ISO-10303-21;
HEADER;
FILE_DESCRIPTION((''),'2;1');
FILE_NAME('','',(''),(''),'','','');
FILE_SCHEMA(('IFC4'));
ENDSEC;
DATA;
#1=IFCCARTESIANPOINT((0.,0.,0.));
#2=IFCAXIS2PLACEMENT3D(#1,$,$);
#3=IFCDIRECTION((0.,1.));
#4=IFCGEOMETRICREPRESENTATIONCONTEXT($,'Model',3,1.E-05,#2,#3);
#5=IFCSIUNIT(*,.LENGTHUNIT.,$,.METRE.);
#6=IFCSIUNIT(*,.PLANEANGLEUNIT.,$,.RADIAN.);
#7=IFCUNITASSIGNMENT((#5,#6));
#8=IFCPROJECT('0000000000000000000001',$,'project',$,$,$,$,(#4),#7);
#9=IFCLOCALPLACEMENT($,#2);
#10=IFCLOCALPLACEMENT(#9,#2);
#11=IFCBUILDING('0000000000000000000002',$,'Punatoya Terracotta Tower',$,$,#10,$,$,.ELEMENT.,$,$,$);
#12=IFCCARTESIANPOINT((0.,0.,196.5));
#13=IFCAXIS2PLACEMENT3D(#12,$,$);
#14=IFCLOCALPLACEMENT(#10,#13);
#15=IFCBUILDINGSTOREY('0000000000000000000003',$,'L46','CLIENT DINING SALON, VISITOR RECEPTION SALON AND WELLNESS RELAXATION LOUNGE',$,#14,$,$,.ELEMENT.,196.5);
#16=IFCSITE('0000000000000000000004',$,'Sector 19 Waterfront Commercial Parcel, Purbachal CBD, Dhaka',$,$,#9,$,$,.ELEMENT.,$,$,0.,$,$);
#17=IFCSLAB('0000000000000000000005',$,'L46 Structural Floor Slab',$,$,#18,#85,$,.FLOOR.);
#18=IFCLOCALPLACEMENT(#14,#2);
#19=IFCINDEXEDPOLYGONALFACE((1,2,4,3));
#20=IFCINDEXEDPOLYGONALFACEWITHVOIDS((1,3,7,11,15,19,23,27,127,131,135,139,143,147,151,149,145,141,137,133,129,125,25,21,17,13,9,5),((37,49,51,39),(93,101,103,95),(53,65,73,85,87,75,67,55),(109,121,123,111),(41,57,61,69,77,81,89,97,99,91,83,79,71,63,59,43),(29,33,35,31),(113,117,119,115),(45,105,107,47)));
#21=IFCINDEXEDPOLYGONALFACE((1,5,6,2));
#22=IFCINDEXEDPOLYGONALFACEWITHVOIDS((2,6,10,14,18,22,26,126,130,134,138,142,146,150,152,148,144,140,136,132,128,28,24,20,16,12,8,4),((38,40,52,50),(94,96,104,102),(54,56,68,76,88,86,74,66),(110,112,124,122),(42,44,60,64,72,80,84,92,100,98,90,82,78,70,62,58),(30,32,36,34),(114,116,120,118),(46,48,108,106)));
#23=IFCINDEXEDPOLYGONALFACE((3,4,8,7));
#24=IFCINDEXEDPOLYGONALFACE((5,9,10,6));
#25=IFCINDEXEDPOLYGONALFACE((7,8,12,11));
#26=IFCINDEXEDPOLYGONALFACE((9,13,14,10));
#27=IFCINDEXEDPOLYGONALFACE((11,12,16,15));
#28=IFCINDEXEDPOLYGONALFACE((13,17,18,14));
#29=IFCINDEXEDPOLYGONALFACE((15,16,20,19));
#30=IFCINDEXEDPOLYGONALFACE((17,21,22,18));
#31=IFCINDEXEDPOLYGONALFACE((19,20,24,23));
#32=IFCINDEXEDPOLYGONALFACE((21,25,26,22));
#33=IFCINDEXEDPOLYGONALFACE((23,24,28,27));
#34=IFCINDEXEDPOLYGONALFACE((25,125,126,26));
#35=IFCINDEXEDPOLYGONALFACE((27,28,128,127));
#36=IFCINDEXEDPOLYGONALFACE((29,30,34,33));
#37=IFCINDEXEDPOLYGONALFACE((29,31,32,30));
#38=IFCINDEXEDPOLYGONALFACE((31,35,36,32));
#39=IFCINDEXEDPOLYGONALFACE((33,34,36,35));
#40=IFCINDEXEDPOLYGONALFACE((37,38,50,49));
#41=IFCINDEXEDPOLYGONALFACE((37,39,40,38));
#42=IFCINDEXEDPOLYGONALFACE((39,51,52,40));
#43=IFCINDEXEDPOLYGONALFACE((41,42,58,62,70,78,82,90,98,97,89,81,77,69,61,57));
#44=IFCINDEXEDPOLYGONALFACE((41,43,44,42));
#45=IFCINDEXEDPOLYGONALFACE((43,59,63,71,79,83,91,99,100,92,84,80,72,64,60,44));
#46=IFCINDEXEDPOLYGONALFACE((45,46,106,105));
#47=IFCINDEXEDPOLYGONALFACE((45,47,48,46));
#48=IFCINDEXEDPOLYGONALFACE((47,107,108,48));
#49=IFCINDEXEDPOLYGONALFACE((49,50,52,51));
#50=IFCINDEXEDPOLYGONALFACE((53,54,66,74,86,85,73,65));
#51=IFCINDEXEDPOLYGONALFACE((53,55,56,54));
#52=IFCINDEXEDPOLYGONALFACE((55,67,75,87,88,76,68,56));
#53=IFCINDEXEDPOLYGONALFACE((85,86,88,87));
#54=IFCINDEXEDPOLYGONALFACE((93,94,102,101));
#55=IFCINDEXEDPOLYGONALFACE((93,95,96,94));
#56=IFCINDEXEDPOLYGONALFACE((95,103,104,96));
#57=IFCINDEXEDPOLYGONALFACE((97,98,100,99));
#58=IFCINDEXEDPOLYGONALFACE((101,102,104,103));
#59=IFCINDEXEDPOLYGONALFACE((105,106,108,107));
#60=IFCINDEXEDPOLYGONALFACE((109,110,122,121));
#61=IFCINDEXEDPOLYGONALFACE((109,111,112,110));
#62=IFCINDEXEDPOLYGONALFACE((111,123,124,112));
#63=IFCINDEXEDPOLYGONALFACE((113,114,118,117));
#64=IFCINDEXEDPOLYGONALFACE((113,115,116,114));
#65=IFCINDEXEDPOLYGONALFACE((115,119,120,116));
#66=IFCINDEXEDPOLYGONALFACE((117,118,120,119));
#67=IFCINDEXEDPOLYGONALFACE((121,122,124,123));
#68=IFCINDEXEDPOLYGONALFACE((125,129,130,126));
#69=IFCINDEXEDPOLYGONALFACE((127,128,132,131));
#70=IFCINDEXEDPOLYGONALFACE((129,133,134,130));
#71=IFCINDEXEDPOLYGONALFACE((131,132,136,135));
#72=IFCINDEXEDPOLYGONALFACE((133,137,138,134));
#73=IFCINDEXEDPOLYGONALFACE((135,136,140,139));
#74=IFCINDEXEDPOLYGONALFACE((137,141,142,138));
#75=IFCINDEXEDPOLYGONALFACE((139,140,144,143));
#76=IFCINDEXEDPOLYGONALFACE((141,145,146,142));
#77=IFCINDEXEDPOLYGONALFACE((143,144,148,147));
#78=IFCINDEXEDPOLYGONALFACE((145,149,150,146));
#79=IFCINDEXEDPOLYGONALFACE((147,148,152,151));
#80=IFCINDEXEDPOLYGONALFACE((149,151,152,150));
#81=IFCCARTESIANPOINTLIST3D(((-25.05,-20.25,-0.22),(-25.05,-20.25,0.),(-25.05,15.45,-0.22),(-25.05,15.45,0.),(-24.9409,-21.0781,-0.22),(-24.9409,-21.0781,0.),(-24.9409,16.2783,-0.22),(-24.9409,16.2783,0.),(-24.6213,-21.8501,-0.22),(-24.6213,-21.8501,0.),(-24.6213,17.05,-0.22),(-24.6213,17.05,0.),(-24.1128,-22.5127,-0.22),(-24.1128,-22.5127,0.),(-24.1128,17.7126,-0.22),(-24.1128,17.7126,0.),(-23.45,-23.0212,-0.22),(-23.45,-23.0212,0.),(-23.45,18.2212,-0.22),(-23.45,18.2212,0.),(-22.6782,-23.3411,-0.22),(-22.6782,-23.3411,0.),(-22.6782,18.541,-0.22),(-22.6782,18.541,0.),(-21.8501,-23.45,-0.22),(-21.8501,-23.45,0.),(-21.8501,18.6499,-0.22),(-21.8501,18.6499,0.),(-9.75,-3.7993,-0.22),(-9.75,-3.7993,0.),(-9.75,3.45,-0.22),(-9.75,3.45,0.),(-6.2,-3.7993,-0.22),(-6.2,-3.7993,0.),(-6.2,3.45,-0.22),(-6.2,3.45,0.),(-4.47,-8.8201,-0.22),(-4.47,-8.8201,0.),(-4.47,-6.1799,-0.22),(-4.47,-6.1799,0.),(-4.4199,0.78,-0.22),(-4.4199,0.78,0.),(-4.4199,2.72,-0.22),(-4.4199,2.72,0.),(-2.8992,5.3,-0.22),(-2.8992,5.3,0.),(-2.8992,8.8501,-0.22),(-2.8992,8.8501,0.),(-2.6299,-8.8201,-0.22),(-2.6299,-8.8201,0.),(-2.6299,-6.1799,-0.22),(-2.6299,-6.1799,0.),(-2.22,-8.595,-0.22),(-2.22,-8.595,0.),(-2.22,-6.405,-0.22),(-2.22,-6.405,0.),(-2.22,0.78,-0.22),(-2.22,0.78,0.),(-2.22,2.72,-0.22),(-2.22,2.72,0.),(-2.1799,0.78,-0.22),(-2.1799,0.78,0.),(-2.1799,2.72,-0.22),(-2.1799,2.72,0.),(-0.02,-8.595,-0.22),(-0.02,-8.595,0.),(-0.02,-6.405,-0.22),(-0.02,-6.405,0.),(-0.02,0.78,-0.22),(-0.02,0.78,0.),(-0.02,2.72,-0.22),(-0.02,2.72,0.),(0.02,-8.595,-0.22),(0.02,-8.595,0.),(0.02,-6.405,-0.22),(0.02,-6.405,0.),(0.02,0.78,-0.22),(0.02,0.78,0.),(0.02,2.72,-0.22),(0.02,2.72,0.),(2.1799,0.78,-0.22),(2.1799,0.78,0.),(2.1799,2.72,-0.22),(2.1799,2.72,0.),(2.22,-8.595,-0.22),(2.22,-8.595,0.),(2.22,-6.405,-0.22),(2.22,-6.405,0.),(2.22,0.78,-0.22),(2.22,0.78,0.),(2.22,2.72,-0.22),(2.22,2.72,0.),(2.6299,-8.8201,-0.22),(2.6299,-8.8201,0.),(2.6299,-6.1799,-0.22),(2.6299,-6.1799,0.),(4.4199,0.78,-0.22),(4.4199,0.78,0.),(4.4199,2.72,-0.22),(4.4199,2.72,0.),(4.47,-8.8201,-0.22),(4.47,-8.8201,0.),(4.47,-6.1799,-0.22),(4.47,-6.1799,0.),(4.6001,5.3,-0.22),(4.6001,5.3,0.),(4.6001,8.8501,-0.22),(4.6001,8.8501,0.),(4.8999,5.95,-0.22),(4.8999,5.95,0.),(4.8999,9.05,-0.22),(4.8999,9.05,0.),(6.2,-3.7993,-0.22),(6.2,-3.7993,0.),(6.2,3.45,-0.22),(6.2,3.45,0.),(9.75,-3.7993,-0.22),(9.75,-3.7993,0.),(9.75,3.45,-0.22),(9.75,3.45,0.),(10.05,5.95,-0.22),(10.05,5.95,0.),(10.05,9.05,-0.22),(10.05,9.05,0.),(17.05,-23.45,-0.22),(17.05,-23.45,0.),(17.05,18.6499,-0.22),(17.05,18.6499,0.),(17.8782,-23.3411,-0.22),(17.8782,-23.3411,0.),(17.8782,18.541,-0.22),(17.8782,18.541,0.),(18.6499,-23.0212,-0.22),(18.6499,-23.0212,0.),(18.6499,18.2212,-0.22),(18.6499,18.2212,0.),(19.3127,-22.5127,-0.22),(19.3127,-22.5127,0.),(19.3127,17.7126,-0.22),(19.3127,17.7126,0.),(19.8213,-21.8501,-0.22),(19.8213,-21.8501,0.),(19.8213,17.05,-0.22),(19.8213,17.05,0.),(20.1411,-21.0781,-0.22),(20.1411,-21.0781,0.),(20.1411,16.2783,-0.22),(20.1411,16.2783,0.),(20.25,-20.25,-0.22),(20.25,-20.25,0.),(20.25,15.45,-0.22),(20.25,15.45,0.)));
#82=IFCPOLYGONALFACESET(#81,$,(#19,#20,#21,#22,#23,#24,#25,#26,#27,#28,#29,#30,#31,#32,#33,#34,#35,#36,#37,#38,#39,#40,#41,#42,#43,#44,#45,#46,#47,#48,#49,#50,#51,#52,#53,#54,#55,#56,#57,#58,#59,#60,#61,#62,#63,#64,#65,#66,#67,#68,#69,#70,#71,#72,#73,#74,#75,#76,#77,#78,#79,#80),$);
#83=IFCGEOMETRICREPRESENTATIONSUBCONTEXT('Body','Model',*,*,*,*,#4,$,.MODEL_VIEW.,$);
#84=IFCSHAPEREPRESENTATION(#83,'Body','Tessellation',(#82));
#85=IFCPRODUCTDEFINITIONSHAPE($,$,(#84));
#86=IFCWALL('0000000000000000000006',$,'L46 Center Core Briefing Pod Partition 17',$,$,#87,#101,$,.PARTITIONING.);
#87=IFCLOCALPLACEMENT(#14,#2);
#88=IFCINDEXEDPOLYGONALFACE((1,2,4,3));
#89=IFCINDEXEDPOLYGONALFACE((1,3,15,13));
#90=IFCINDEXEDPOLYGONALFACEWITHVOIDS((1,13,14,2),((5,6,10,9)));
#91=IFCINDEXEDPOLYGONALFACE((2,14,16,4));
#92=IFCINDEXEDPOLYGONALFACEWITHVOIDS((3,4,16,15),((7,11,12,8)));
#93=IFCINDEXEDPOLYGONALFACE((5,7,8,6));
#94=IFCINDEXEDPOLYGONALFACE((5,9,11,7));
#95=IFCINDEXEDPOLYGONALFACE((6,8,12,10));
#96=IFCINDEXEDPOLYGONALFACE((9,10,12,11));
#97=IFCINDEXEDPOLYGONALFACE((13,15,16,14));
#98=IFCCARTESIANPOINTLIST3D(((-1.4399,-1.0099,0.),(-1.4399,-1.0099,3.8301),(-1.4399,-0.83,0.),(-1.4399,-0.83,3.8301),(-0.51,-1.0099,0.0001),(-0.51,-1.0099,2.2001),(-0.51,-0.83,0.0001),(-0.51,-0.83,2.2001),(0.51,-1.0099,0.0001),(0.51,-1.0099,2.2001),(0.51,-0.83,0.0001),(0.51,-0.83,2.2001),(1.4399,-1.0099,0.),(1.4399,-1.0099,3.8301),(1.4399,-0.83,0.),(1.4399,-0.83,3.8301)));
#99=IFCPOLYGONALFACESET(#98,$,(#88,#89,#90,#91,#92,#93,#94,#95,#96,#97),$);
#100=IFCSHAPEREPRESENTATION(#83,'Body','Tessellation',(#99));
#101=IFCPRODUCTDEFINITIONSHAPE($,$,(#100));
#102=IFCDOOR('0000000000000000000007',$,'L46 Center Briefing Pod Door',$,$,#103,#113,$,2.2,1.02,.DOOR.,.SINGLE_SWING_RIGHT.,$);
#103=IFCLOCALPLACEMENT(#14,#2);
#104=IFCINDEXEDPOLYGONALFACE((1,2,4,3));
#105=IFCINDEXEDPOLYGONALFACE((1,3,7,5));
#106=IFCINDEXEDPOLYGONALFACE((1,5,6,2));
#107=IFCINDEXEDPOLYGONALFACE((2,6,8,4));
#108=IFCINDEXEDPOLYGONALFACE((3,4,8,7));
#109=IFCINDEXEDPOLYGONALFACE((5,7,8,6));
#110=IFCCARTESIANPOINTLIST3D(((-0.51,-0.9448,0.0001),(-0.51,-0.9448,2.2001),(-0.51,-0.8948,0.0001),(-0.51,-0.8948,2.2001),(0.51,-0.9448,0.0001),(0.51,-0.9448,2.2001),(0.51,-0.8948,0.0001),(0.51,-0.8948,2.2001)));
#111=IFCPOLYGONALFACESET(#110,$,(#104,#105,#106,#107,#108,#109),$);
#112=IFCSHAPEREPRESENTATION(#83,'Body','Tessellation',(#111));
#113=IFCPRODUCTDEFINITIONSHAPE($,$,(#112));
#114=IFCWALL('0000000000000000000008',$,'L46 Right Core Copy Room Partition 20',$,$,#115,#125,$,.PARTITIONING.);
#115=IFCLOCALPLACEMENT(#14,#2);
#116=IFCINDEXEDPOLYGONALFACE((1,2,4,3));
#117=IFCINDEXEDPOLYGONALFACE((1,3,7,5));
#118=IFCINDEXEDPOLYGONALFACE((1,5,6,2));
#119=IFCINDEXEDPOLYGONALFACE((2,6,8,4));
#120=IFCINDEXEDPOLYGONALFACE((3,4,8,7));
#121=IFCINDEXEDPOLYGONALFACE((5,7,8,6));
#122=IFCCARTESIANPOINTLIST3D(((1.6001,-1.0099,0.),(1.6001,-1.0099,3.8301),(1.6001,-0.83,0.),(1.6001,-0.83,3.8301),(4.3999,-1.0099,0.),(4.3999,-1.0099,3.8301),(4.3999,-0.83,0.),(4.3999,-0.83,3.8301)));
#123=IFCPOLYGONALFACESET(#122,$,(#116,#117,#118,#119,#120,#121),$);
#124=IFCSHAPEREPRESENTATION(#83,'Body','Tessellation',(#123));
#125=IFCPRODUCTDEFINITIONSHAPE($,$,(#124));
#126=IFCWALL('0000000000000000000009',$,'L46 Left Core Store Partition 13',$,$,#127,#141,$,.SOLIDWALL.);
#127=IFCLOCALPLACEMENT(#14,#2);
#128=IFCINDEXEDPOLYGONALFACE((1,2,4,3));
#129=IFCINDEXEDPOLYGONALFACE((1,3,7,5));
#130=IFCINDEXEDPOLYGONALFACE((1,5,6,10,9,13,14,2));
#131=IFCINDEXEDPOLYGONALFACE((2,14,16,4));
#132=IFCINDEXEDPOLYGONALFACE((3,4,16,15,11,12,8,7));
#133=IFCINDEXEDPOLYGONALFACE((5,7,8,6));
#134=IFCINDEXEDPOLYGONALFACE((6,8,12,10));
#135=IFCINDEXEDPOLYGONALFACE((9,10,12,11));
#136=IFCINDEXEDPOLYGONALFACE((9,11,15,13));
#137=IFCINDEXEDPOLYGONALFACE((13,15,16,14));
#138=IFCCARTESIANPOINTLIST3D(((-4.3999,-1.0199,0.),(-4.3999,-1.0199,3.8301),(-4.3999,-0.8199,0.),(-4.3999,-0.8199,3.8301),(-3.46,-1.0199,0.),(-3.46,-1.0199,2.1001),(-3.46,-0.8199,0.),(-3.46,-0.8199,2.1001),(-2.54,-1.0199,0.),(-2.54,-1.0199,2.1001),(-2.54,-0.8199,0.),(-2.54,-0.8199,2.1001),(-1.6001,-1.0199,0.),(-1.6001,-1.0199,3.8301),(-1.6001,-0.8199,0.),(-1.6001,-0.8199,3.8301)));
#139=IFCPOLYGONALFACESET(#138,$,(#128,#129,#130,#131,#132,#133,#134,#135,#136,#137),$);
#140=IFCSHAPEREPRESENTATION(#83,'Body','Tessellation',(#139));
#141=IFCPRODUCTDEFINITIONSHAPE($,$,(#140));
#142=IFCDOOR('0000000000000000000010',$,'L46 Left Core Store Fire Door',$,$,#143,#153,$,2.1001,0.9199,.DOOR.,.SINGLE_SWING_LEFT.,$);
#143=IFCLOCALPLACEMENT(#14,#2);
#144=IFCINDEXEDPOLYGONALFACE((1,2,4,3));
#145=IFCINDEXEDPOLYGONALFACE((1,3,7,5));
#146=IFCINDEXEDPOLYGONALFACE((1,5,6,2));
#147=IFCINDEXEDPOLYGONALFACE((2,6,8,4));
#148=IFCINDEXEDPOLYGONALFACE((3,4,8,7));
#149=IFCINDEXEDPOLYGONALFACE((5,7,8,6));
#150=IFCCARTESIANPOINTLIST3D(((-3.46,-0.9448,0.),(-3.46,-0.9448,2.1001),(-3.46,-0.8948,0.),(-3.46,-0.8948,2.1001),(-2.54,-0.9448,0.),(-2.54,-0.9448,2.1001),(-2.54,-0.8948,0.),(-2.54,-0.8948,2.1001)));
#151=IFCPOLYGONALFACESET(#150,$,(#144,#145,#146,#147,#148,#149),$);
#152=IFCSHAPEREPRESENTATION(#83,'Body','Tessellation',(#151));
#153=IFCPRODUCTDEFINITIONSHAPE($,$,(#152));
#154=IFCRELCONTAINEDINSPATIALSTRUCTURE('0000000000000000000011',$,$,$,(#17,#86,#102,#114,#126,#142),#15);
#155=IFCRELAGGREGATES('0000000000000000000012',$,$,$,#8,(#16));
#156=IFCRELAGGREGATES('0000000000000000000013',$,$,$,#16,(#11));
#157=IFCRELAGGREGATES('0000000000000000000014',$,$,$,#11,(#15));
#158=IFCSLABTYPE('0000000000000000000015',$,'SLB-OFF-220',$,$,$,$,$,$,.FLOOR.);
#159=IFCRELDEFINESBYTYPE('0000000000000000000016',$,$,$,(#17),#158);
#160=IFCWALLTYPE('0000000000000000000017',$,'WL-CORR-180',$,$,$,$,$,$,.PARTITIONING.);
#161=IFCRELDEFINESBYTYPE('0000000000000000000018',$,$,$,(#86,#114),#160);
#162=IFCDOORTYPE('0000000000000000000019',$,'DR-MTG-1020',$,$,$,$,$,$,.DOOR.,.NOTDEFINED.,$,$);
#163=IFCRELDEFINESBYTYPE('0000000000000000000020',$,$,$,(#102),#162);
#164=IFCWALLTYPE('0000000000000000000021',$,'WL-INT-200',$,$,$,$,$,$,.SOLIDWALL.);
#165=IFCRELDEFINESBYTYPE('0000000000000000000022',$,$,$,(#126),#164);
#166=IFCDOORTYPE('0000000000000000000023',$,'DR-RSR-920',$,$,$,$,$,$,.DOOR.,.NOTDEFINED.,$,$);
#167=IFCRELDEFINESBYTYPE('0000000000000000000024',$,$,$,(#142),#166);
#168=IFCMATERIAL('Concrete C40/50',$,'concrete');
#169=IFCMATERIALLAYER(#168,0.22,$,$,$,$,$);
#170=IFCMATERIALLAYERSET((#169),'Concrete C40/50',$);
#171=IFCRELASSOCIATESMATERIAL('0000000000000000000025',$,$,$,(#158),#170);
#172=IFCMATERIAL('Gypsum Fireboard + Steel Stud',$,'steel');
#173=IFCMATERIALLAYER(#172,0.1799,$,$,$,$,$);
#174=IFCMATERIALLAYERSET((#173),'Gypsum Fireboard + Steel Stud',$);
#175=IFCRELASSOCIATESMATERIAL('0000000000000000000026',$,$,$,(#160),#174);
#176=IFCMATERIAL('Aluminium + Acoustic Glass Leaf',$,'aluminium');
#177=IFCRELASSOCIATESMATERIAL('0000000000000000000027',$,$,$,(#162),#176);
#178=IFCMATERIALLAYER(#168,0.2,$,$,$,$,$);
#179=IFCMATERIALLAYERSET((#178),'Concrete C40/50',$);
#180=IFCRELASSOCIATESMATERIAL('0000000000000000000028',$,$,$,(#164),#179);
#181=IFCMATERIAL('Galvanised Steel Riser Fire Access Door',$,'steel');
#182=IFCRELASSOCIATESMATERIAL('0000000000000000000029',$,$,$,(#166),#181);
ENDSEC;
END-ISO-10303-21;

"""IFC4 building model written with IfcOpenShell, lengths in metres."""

from ifc_helpers import new_model, si_unit, direction, frame, frame_2d, origin, place, context, subcontext, project, spatial, polyline, rectangle, outline, extrude, material, layer, layer_set, type_object, element, fill, save


model = new_model("IFC4")

# Units and contexts
model_context = context("Model", 3, precision=1e-05, world=origin(), true_north=direction((0.0, 1.0)))
body_context = subcontext(model_context, "Body", "Model", "MODEL_VIEW")
ifc_project = project(units=[si_unit("LENGTHUNIT", "METRE"), si_unit("PLANEANGLEUNIT", "RADIAN")], contexts=[model_context])

# Site, building, storey
site_placement = place(None, origin())
site = spatial("IfcSite", under=ifc_project, at=site_placement, Name="Sector 19 Waterfront Commercial Parcel, Purbachal CBD, Dhaka", CompositionType="ELEMENT", RefElevation=0.0)
building_placement = place(site_placement, origin())
building = spatial("IfcBuilding", under=site, at=building_placement, Name="Punatoya Terracotta Tower", CompositionType="ELEMENT")
storey_placement = place(building_placement, frame((0.0, 0.0, 196.5)))
storey = spatial("IfcBuildingStorey", under=building, at=storey_placement, Name="L46", Description="CLIENT DINING SALON, VISITOR RECEPTION SALON AND WELLNESS RELAXATION LOUNGE", CompositionType="ELEMENT", Elevation=196.5)

# Shared definitions
ifc_material_1 = material(Name="Concrete C40/50", Category="concrete")

# Slab
ifc_layer_1 = layer(ifc_material_1, 0.22)
ifc_layer_set_1 = layer_set([ifc_layer_1], Name="Concrete C40/50")
slab_type_1 = type_object("IfcSlabType", Name="SLB-OFF-220", PredefinedType="FLOOR", material=ifc_layer_set_1)
slab_1_placement = place(storey_placement, frame((0.0, 0.0, -0.22)))
element("IfcSlab", 1, at=slab_1_placement, inside=storey, type_object=slab_type_1, Name="L46 Structural Floor Slab", PredefinedType="FLOOR", context=body_context, shape_type="SweptSolid", body=[
    extrude(outline(polyline([(-21.8501, -23.45), (-22.6782, -23.3411), (-23.45, -23.0212), (-24.1128, -22.5127), (-24.6213, -21.8501), (-24.9409, -21.0781), (-25.05, -20.25), (-25.05, 15.45), (-24.9409, 16.2783), (-24.6213, 17.05), (-24.1128, 17.7126), (-23.45, 18.2212), (-22.6782, 18.541), (-21.8501, 18.6499), (17.05, 18.6499), (17.8782, 18.541), (18.6499, 18.2212), (19.3127, 17.7126), (19.8213, 17.05), (20.1411, 16.2783), (20.25, 15.45), (20.25, -20.25), (20.1411, -21.0781), (19.8213, -21.8501), (19.3127, -22.5127), (18.6499, -23.0212), (17.8782, -23.3411), (17.05, -23.45), (-21.8501, -23.45)]), holes=[polyline([(-2.6299, -6.1799), (-4.47, -6.1799), (-4.47, -8.8201), (-2.6299, -8.8201), (-2.6299, -6.1799)]), polyline([(0.02, -8.595), (2.22, -8.595), (2.22, -6.405), (0.02, -6.405), (-0.02, -6.405), (-2.22, -6.405), (-2.22, -8.595), (-0.02, -8.595), (0.02, -8.595)]), polyline([(-6.2, 3.45), (-9.75, 3.45), (-9.75, -3.7993), (-6.2, -3.7993), (-6.2, 3.45)]), polyline([(-4.4199, 2.72), (-4.4199, 0.78), (-2.22, 0.78), (-2.1799, 0.78), (-0.02, 0.78), (0.02, 0.78), (2.1799, 0.78), (2.22, 0.78), (4.4199, 0.78), (4.4199, 2.72), (2.22, 2.72), (2.1799, 2.72), (0.02, 2.72), (-0.02, 2.72), (-2.1799, 2.72), (-2.22, 2.72), (-4.4199, 2.72)]), polyline([(4.6001, 5.3), (4.6001, 8.8501), (-2.8992, 8.8501), (-2.8992, 5.3), (4.6001, 5.3)]), polyline([(4.47, -8.8201), (4.47, -6.1799), (2.6299, -6.1799), (2.6299, -8.8201), (4.47, -8.8201)]), polyline([(9.75, 3.45), (6.2, 3.45), (6.2, -3.7993), (9.75, -3.7993), (9.75, 3.45)]), polyline([(10.05, 5.95), (10.05, 9.05), (4.8999, 9.05), (4.8999, 5.95), (10.05, 5.95)])]), origin(), (0.0, 0.0, 1.0), 0.22),
])

# Wall, opening, door
ifc_material_2 = material(Name="Gypsum Fireboard + Steel Stud", Category="steel")
ifc_layer_2 = layer(ifc_material_2, 0.1799)
ifc_layer_set_2 = layer_set([ifc_layer_2], Name="Gypsum Fireboard + Steel Stud")
wall_type_1 = type_object("IfcWallType", Name="WL-CORR-180", PredefinedType="PARTITIONING", material=ifc_layer_set_2)
wall_1_placement = place(storey_placement, frame((1.4399, -0.9199, 0.0), z_axis=(0.0, 0.0, 1.0), x_axis=(-1.0, 0.0, 0.0)))
wall_1 = element("IfcWall", 2, at=wall_1_placement, inside=storey, type_object=wall_type_1, Name="L46 Center Core Briefing Pod Partition 17", PredefinedType="PARTITIONING", context=body_context, shape_type="SweptSolid", body=[
    extrude(rectangle(XDim=2.8799, YDim=0.1799, at=frame_2d((1.4399, 0.0))), origin(), (0.0, 0.0, 1.0), 3.8301),
])
opening_1_placement = place(wall_1_placement, frame((0.9299, 0.0, 0.0)))
opening_1 = element("IfcOpeningElement", 3, at=opening_1_placement, cuts=wall_1, PredefinedType="OPENING", context=body_context, shape_type="SweptSolid", body=[
    extrude(rectangle(XDim=1.02, YDim=2.2, at=frame_2d((0.51, 1.1001))), frame((0.0, 0.0999, 0.0), z_axis=(0.0, -1.0, 0.0), x_axis=(1.0, 0.0, 0.0)), (0.0, 0.0, 1.0), 0.2),
])
ifc_material_3 = material(Name="Aluminium + Acoustic Glass Leaf", Category="aluminium")
door_type_1 = type_object("IfcDoorType", Name="DR-MTG-1020", OperationType="NOTDEFINED", PredefinedType="DOOR", material=ifc_material_3)
door_1_placement = place(opening_1_placement, origin())
door_1 = element("IfcDoor", 4, at=door_1_placement, inside=storey, type_object=door_type_1, Name="L46 Center Briefing Pod Door", OperationType="SINGLE_SWING_RIGHT", OverallHeight=2.2, OverallWidth=1.02, PredefinedType="DOOR", context=body_context, shape_type="SweptSolid", body=[
    extrude(rectangle(XDim=1.02, YDim=2.2, at=frame_2d((0.51, 1.1001))), frame((0.0, 0.0249, 0.0), z_axis=(0.0, -1.0, 0.0), x_axis=(1.0, 0.0, 0.0)), (0.0, 0.0, 1.0), 0.05),
])
fill(opening_1, door_1)

# Wall
wall_2_placement = place(storey_placement, frame((4.3999, -0.9199, 0.0), z_axis=(0.0, 0.0, 1.0), x_axis=(-1.0, 0.0, 0.0)))
element("IfcWall", 5, at=wall_2_placement, inside=storey, type_object=wall_type_1, Name="L46 Right Core Copy Room Partition 20", PredefinedType="PARTITIONING", context=body_context, shape_type="SweptSolid", body=[
    extrude(rectangle(XDim=2.7998, YDim=0.1799, at=frame_2d((1.3999, 0.0))), origin(), (0.0, 0.0, 1.0), 3.8301),
])

# Wall, opening, door
ifc_layer_3 = layer(ifc_material_1, 0.2)
ifc_layer_set_3 = layer_set([ifc_layer_3], Name="Concrete C40/50")
wall_type_2 = type_object("IfcWallType", Name="WL-INT-200", PredefinedType="SOLIDWALL", material=ifc_layer_set_3)
wall_3_placement = place(storey_placement, frame((-1.6001, -0.9199, 0.0), z_axis=(0.0, 0.0, 1.0), x_axis=(-1.0, 0.0, 0.0)))
wall_3 = element("IfcWall", 6, at=wall_3_placement, inside=storey, type_object=wall_type_2, Name="L46 Left Core Store Partition 13", PredefinedType="SOLIDWALL", context=body_context, shape_type="SweptSolid", body=[
    extrude(rectangle(XDim=2.7998, YDim=0.2, at=frame_2d((1.3999, 0.0))), origin(), (0.0, 0.0, 1.0), 3.8301),
])
opening_2_placement = place(wall_3_placement, frame((0.9399, 0.0, 0.0)))
opening_2 = element("IfcOpeningElement", 7, at=opening_2_placement, cuts=wall_3, PredefinedType="OPENING", context=body_context, shape_type="SweptSolid", body=[
    extrude(rectangle(XDim=0.9199, YDim=2.1001, at=frame_2d((0.46, 1.05))), frame((0.0, 0.1099, 0.0), z_axis=(0.0, -1.0, 0.0), x_axis=(1.0, 0.0, 0.0)), (0.0, 0.0, 1.0), 0.22),
])
ifc_material_4 = material(Name="Galvanised Steel Riser Fire Access Door", Category="steel")
door_type_2 = type_object("IfcDoorType", Name="DR-RSR-920", OperationType="NOTDEFINED", PredefinedType="DOOR", material=ifc_material_4)
door_2_placement = place(opening_2_placement, origin())
door_2 = element("IfcDoor", 8, at=door_2_placement, inside=storey, type_object=door_type_2, Name="L46 Left Core Store Fire Door", OperationType="SINGLE_SWING_LEFT", OverallHeight=2.1001, OverallWidth=0.9199, PredefinedType="DOOR", context=body_context, shape_type="SweptSolid", body=[
    extrude(rectangle(XDim=0.9199, YDim=2.1001, at=frame_2d((0.46, 1.05))), frame((0.0, 0.0249, 0.0), z_axis=(0.0, -1.0, 0.0), x_axis=(1.0, 0.0, 0.0)), (0.0, 0.0, 1.0), 0.05),
])
fill(opening_2, door_2)

save(model, "model.ifc")
